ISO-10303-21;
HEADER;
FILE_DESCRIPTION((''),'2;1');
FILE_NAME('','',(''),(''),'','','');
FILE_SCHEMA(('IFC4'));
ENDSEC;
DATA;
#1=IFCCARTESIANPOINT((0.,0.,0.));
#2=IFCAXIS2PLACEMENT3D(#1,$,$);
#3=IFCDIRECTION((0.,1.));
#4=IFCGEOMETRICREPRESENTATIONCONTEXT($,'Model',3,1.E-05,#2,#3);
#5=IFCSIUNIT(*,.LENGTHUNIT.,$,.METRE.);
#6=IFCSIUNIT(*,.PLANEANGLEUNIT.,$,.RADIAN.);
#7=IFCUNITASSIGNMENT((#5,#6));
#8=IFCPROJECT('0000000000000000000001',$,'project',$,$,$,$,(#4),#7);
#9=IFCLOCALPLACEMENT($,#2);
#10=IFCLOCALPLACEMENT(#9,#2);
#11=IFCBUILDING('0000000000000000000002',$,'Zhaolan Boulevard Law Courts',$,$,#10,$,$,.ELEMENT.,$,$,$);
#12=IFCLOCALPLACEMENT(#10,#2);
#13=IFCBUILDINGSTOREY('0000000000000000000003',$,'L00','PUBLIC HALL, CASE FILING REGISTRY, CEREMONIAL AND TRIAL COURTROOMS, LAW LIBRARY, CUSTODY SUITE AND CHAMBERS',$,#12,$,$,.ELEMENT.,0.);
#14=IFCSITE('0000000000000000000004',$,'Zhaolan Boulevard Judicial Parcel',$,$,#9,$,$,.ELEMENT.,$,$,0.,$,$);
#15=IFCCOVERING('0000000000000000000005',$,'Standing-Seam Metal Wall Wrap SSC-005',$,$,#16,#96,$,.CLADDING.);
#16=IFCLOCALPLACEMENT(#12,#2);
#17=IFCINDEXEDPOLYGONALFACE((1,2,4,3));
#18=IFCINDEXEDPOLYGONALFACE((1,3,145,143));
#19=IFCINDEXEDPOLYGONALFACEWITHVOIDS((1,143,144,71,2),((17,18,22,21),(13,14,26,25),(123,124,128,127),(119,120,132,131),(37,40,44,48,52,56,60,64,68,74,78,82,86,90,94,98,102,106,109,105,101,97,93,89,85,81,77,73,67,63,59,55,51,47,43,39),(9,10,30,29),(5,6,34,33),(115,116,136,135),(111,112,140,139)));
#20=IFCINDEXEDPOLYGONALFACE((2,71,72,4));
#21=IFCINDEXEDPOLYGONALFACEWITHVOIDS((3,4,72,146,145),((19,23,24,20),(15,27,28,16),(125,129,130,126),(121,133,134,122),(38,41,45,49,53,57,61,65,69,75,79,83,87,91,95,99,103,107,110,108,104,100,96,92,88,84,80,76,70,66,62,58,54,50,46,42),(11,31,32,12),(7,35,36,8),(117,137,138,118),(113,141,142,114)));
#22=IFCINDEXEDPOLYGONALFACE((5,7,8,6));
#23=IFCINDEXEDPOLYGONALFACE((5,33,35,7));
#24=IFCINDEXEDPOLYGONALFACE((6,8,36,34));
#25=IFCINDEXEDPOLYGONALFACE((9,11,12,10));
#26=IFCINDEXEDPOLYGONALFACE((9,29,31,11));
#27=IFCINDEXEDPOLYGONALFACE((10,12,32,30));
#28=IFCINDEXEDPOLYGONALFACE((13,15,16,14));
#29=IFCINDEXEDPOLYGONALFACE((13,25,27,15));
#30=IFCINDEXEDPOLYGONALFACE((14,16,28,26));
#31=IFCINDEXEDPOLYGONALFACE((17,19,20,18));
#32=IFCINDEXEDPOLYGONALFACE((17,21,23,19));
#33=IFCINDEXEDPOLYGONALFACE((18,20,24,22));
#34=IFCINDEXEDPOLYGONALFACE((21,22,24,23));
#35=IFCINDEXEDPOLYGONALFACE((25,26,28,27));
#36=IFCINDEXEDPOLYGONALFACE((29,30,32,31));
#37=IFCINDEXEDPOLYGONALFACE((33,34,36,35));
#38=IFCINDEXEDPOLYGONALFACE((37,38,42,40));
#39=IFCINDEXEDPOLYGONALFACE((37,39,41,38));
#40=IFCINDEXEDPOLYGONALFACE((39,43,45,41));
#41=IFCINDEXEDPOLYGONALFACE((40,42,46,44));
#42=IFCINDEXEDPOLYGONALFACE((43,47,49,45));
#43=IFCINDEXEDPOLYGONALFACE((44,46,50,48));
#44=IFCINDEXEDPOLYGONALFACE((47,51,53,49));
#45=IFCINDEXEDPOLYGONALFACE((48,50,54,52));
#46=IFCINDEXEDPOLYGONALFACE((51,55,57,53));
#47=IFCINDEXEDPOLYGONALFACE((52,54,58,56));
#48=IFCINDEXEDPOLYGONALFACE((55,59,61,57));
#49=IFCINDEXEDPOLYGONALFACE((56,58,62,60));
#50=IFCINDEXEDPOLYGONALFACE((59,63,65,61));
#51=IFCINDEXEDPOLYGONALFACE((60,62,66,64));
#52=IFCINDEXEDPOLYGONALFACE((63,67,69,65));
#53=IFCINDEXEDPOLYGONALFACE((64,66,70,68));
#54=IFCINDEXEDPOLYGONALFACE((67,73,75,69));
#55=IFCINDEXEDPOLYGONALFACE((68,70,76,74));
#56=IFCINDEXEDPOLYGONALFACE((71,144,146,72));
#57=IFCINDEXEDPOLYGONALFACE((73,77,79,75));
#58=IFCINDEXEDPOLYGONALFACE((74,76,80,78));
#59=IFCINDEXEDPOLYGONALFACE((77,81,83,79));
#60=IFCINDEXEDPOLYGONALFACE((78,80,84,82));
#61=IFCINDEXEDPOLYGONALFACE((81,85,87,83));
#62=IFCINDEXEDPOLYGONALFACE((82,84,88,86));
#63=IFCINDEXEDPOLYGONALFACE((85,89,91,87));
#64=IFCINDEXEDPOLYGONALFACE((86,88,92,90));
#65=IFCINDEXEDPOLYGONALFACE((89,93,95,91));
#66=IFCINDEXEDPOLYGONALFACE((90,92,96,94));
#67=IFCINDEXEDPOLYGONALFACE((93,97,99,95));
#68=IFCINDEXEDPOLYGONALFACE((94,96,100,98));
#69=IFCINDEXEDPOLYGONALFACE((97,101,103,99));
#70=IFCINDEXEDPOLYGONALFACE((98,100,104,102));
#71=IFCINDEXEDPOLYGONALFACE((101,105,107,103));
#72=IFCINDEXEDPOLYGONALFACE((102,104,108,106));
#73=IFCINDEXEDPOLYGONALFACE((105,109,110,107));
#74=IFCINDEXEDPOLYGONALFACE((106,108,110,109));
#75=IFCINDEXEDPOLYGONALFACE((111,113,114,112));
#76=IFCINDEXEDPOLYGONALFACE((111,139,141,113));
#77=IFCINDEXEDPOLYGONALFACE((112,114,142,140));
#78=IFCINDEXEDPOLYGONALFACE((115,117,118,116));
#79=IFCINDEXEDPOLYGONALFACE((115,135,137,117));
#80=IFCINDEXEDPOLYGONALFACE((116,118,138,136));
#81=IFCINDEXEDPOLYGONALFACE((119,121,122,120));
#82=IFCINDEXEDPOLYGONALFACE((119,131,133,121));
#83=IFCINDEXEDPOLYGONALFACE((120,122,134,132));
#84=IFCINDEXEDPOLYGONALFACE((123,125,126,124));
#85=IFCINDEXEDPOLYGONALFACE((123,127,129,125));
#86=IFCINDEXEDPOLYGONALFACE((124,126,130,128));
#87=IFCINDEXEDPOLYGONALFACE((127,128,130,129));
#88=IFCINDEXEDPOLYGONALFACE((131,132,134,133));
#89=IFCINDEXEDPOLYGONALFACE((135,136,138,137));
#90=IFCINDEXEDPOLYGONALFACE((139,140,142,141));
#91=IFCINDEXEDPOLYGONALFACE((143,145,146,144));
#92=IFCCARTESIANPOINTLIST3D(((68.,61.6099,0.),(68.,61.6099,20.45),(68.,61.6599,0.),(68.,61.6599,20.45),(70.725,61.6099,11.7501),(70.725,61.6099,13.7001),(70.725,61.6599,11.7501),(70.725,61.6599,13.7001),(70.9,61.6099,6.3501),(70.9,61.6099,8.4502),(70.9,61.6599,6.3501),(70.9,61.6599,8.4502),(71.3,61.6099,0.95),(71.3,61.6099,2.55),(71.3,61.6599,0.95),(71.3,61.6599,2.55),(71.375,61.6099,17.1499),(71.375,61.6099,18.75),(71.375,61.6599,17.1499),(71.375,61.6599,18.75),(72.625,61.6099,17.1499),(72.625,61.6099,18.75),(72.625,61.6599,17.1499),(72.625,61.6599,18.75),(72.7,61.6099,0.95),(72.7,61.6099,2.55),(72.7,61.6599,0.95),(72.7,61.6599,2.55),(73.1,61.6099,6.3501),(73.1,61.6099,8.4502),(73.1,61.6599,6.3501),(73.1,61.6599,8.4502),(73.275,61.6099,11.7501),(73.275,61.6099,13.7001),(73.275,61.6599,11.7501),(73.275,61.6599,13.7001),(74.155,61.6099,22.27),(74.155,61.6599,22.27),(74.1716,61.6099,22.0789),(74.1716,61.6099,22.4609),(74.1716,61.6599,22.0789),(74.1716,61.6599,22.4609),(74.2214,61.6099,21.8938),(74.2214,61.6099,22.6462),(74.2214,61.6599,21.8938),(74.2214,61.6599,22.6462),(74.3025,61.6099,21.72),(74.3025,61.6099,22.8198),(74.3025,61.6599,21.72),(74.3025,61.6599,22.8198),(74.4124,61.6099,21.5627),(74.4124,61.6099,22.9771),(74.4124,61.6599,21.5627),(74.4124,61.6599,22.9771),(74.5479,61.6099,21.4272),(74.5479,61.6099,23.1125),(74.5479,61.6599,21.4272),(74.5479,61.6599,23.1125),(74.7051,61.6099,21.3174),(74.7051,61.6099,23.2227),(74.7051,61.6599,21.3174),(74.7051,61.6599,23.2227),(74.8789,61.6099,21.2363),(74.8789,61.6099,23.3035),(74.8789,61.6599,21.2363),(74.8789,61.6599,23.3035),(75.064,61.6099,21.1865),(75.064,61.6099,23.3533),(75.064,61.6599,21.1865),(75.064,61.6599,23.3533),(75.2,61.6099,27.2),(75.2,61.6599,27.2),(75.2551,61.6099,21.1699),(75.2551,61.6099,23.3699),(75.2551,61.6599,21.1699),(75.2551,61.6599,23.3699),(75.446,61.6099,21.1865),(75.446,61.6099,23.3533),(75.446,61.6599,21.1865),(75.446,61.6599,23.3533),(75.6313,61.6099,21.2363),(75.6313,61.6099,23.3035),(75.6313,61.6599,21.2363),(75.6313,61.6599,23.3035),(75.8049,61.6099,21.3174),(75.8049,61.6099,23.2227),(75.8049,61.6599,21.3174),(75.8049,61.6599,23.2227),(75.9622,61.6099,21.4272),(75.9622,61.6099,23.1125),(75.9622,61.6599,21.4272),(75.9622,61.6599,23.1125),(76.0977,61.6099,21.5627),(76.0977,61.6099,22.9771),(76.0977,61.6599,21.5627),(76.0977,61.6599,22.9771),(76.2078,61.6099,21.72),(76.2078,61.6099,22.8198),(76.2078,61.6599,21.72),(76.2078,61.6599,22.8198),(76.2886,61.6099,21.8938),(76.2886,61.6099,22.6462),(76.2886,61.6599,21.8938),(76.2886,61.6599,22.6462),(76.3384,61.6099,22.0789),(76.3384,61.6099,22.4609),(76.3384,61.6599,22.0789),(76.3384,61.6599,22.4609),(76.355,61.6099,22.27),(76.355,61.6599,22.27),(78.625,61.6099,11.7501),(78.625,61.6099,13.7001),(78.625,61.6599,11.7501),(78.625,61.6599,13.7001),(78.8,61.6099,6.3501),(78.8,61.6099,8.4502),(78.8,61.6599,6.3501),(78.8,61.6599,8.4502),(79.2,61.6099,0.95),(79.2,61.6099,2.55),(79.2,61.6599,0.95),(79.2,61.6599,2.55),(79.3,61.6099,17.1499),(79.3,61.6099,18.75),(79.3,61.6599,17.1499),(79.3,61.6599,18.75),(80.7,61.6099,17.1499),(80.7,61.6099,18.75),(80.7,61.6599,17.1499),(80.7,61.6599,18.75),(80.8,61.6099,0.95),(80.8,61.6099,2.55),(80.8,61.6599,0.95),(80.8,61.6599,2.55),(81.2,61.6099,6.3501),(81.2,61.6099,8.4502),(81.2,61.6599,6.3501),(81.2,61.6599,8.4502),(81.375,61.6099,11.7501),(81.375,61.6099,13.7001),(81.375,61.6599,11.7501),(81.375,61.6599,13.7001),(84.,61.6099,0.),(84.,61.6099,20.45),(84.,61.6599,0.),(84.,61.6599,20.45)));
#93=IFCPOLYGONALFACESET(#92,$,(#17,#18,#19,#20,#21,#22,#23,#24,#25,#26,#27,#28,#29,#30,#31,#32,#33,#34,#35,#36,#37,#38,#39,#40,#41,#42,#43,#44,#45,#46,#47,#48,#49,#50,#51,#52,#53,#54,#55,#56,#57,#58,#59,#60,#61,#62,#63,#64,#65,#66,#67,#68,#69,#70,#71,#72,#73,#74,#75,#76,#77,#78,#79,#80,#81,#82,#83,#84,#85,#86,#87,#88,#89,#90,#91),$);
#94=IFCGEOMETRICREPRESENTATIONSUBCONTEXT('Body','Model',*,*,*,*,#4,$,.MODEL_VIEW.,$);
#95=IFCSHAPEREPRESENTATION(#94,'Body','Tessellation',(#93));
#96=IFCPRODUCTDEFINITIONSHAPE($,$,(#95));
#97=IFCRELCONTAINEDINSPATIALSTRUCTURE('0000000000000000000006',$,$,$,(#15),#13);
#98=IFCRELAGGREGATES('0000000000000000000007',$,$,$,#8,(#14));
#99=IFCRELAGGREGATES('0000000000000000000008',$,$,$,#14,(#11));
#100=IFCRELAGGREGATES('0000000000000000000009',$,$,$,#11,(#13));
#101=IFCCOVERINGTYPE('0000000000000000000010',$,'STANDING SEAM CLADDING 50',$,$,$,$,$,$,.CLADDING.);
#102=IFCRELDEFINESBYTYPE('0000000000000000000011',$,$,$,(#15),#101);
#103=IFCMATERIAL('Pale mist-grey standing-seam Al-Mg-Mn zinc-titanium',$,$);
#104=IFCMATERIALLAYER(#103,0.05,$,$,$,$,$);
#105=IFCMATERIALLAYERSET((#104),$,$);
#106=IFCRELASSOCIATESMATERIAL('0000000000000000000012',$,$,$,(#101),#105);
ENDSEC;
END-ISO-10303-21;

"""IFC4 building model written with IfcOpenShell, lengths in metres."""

from ifc_helpers import new_model, si_unit, direction, frame, frame_2d, origin, place, context, subcontext, project, spatial, polyline, rectangle, outline, extrude, material, layer, layer_set, type_object, element, save


model = new_model("IFC4")

# Units and contexts
model_context = context("Model", 3, precision=1e-05, world=origin(), true_north=direction((0.0, 1.0)))
body_context = subcontext(model_context, "Body", "Model", "MODEL_VIEW")
ifc_project = project(units=[si_unit("LENGTHUNIT", "METRE"), si_unit("PLANEANGLEUNIT", "RADIAN")], contexts=[model_context])

# Site, building, storey
site_placement = place(None, origin())
site = spatial("IfcSite", under=ifc_project, at=site_placement, Name="Zhaolan Boulevard Judicial Parcel", CompositionType="ELEMENT", RefElevation=0.0)
building_placement = place(site_placement, origin())
building = spatial("IfcBuilding", under=site, at=building_placement, Name="Zhaolan Boulevard Law Courts", CompositionType="ELEMENT")
storey_placement = place(building_placement, origin())
storey = spatial("IfcBuildingStorey", under=building, at=storey_placement, Name="L00", Description="PUBLIC HALL, CASE FILING REGISTRY, CEREMONIAL AND TRIAL COURTROOMS, LAW LIBRARY, CUSTODY SUITE AND CHAMBERS", CompositionType="ELEMENT", Elevation=0.0)

# Covering, openings
ifc_material_1 = material(Name="Pale mist-grey standing-seam Al-Mg-Mn zinc-titanium")
ifc_layer_1 = layer(ifc_material_1, 0.05)
ifc_layer_set_1 = layer_set([ifc_layer_1])
covering_type = type_object("IfcCoveringType", Name="STANDING SEAM CLADDING 50", PredefinedType="CLADDING", material=ifc_layer_set_1)
covering_placement = place(storey_placement, frame((68.0, 61.635, 0.0), z_axis=(0.0, 0.0, 1.0), x_axis=(1.0, 0.0, 0.0)))
covering = element("IfcCovering", 1, at=covering_placement, inside=storey, type_object=covering_type, Name="Standing-Seam Metal Wall Wrap SSC-005", PredefinedType="CLADDING", context=body_context, shape_type="SweptSolid", body=[
    extrude(outline(polyline([(0.0, 0.0), (16.0, 0.0), (16.0, 20.45), (7.2, 27.2), (0.0, 20.45), (0.0, 0.0)])), frame((0.0, 0.0249, 0.0), z_axis=(0.0, -1.0, 0.0), x_axis=(1.0, 0.0, 0.0)), (0.0, 0.0, 1.0), 0.05),
])
opening_1_placement = place(storey_placement, frame((71.3, 61.635, 0.95), z_axis=(0.0, 0.0, 1.0), x_axis=(1.0, 0.0, 0.0)))
element("IfcOpeningElement", 2, at=opening_1_placement, cuts=covering, PredefinedType="OPENING", context=body_context, shape_type="SweptSolid", body=[
    extrude(rectangle(XDim=1.3999, YDim=1.6001, at=frame_2d((0.7, 0.8))), frame((0.0, 0.1499, 0.0), z_axis=(0.0, -1.0, 0.0), x_axis=(1.0, 0.0, 0.0)), (0.0, 0.0, 1.0), 0.3),
])
opening_2_placement = place(storey_placement, frame((79.2, 61.635, 0.95), z_axis=(0.0, 0.0, 1.0), x_axis=(1.0, 0.0, 0.0)))
element("IfcOpeningElement", 3, at=opening_2_placement, cuts=covering, PredefinedType="OPENING", context=body_context, shape_type="SweptSolid", body=[
    extrude(rectangle(XDim=1.6001, YDim=1.6001, at=frame_2d((0.8, 0.8))), frame((0.0, 0.1499, 0.0), z_axis=(0.0, -1.0, 0.0), x_axis=(1.0, 0.0, 0.0)), (0.0, 0.0, 1.0), 0.3),
])
opening_3_placement = place(storey_placement, frame((70.8999, 61.635, 6.3501), z_axis=(0.0, 0.0, 1.0), x_axis=(1.0, 0.0, 0.0)))
element("IfcOpeningElement", 4, at=opening_3_placement, cuts=covering, PredefinedType="OPENING", context=body_context, shape_type="SweptSolid", body=[
    extrude(rectangle(XDim=2.2, YDim=2.1001, at=frame_2d((1.1001, 1.05))), frame((0.0, 0.1499, 0.0), z_axis=(0.0, -1.0, 0.0), x_axis=(1.0, 0.0, 0.0)), (0.0, 0.0, 1.0), 0.3),
])
opening_4_placement = place(storey_placement, frame((78.8, 61.635, 6.3501), z_axis=(0.0, 0.0, 1.0), x_axis=(1.0, 0.0, 0.0)))
element("IfcOpeningElement", 5, at=opening_4_placement, cuts=covering, PredefinedType="OPENING", context=body_context, shape_type="SweptSolid", body=[
    extrude(rectangle(XDim=2.3999, YDim=2.1001, at=frame_2d((1.2, 1.05))), frame((0.0, 0.1499, 0.0), z_axis=(0.0, -1.0, 0.0), x_axis=(1.0, 0.0, 0.0)), (0.0, 0.0, 1.0), 0.3),
])
opening_5_placement = place(storey_placement, frame((70.7251, 61.635, 11.75), z_axis=(0.0, 0.0, 1.0), x_axis=(1.0, 0.0, 0.0)))
element("IfcOpeningElement", 6, at=opening_5_placement, cuts=covering, PredefinedType="OPENING", context=body_context, shape_type="SweptSolid", body=[
    extrude(rectangle(XDim=2.55, YDim=1.95, at=frame_2d((1.2749, 0.9751))), frame((0.0, 0.1499, 0.0), z_axis=(0.0, -1.0, 0.0), x_axis=(1.0, 0.0, 0.0)), (0.0, 0.0, 1.0), 0.3),
])
opening_6_placement = place(storey_placement, frame((78.625, 61.635, 11.75), z_axis=(0.0, 0.0, 1.0), x_axis=(1.0, 0.0, 0.0)))
element("IfcOpeningElement", 7, at=opening_6_placement, cuts=covering, PredefinedType="OPENING", context=body_context, shape_type="SweptSolid", body=[
    extrude(rectangle(XDim=2.75, YDim=1.95, at=frame_2d((1.375, 0.9751))), frame((0.0, 0.1499, 0.0), z_axis=(0.0, -1.0, 0.0), x_axis=(1.0, 0.0, 0.0)), (0.0, 0.0, 1.0), 0.3),
])
opening_7_placement = place(storey_placement, frame((71.375, 61.635, 17.1499), z_axis=(0.0, 0.0, 1.0), x_axis=(1.0, 0.0, 0.0)))
element("IfcOpeningElement", 8, at=opening_7_placement, cuts=covering, PredefinedType="OPENING", context=body_context, shape_type="SweptSolid", body=[
    extrude(rectangle(XDim=1.25, YDim=1.6001, at=frame_2d((0.625, 0.8))), frame((0.0, 0.1499, 0.0), z_axis=(0.0, -1.0, 0.0), x_axis=(1.0, 0.0, 0.0)), (0.0, 0.0, 1.0), 0.3),
])
opening_8_placement = place(storey_placement, frame((79.3, 61.635, 17.1499), z_axis=(0.0, 0.0, 1.0), x_axis=(1.0, 0.0, 0.0)))
element("IfcOpeningElement", 9, at=opening_8_placement, cuts=covering, PredefinedType="OPENING", context=body_context, shape_type="SweptSolid", body=[
    extrude(rectangle(XDim=1.3999, YDim=1.6001, at=frame_2d((0.7, 0.8))), frame((0.0, 0.1499, 0.0), z_axis=(0.0, -1.0, 0.0), x_axis=(1.0, 0.0, 0.0)), (0.0, 0.0, 1.0), 0.3),
])
opening_9_placement = place(storey_placement, frame((74.155, 61.635, 21.1699), z_axis=(0.0, 0.0, 1.0), x_axis=(1.0, 0.0, 0.0)))
element("IfcOpeningElement", 10, at=opening_9_placement, cuts=covering, PredefinedType="OPENING", context=body_context, shape_type="SweptSolid", body=[
    extrude(outline(polyline([(2.2, 1.1001), (2.1833, 1.291), (2.1335, 1.4763), (2.0527, 1.6499), (1.9426, 1.8071), (1.8071, 1.9426), (1.6499, 2.0527), (1.4763, 2.1335), (1.291, 2.1833), (1.1001, 2.2), (0.9089, 2.1833), (0.7239, 2.1335), (0.55, 2.0527), (0.3928, 1.9426), (0.2573, 1.8071), (0.1475, 1.6499), (0.0664, 1.4763), (0.0166, 1.291), (0.0, 1.1001), (0.0166, 0.9089), (0.0664, 0.7239), (0.1475, 0.55), (0.2573, 0.3928), (0.3928, 0.2573), (0.55, 0.1475), (0.7239, 0.0664), (0.9089, 0.0166), (1.1001, 0.0), (1.291, 0.0166), (1.4763, 0.0664), (1.6499, 0.1475), (1.8071, 0.2573), (1.9426, 0.3928), (2.0527, 0.55), (2.1335, 0.7239), (2.1833, 0.9089), (2.2, 1.1001)])), frame((0.0, 0.1499, 0.0), z_axis=(0.0, -1.0, 0.0), x_axis=(1.0, 0.0, 0.0)), (0.0, 0.0, 1.0), 0.3),
])

save(model, "model.ifc")
